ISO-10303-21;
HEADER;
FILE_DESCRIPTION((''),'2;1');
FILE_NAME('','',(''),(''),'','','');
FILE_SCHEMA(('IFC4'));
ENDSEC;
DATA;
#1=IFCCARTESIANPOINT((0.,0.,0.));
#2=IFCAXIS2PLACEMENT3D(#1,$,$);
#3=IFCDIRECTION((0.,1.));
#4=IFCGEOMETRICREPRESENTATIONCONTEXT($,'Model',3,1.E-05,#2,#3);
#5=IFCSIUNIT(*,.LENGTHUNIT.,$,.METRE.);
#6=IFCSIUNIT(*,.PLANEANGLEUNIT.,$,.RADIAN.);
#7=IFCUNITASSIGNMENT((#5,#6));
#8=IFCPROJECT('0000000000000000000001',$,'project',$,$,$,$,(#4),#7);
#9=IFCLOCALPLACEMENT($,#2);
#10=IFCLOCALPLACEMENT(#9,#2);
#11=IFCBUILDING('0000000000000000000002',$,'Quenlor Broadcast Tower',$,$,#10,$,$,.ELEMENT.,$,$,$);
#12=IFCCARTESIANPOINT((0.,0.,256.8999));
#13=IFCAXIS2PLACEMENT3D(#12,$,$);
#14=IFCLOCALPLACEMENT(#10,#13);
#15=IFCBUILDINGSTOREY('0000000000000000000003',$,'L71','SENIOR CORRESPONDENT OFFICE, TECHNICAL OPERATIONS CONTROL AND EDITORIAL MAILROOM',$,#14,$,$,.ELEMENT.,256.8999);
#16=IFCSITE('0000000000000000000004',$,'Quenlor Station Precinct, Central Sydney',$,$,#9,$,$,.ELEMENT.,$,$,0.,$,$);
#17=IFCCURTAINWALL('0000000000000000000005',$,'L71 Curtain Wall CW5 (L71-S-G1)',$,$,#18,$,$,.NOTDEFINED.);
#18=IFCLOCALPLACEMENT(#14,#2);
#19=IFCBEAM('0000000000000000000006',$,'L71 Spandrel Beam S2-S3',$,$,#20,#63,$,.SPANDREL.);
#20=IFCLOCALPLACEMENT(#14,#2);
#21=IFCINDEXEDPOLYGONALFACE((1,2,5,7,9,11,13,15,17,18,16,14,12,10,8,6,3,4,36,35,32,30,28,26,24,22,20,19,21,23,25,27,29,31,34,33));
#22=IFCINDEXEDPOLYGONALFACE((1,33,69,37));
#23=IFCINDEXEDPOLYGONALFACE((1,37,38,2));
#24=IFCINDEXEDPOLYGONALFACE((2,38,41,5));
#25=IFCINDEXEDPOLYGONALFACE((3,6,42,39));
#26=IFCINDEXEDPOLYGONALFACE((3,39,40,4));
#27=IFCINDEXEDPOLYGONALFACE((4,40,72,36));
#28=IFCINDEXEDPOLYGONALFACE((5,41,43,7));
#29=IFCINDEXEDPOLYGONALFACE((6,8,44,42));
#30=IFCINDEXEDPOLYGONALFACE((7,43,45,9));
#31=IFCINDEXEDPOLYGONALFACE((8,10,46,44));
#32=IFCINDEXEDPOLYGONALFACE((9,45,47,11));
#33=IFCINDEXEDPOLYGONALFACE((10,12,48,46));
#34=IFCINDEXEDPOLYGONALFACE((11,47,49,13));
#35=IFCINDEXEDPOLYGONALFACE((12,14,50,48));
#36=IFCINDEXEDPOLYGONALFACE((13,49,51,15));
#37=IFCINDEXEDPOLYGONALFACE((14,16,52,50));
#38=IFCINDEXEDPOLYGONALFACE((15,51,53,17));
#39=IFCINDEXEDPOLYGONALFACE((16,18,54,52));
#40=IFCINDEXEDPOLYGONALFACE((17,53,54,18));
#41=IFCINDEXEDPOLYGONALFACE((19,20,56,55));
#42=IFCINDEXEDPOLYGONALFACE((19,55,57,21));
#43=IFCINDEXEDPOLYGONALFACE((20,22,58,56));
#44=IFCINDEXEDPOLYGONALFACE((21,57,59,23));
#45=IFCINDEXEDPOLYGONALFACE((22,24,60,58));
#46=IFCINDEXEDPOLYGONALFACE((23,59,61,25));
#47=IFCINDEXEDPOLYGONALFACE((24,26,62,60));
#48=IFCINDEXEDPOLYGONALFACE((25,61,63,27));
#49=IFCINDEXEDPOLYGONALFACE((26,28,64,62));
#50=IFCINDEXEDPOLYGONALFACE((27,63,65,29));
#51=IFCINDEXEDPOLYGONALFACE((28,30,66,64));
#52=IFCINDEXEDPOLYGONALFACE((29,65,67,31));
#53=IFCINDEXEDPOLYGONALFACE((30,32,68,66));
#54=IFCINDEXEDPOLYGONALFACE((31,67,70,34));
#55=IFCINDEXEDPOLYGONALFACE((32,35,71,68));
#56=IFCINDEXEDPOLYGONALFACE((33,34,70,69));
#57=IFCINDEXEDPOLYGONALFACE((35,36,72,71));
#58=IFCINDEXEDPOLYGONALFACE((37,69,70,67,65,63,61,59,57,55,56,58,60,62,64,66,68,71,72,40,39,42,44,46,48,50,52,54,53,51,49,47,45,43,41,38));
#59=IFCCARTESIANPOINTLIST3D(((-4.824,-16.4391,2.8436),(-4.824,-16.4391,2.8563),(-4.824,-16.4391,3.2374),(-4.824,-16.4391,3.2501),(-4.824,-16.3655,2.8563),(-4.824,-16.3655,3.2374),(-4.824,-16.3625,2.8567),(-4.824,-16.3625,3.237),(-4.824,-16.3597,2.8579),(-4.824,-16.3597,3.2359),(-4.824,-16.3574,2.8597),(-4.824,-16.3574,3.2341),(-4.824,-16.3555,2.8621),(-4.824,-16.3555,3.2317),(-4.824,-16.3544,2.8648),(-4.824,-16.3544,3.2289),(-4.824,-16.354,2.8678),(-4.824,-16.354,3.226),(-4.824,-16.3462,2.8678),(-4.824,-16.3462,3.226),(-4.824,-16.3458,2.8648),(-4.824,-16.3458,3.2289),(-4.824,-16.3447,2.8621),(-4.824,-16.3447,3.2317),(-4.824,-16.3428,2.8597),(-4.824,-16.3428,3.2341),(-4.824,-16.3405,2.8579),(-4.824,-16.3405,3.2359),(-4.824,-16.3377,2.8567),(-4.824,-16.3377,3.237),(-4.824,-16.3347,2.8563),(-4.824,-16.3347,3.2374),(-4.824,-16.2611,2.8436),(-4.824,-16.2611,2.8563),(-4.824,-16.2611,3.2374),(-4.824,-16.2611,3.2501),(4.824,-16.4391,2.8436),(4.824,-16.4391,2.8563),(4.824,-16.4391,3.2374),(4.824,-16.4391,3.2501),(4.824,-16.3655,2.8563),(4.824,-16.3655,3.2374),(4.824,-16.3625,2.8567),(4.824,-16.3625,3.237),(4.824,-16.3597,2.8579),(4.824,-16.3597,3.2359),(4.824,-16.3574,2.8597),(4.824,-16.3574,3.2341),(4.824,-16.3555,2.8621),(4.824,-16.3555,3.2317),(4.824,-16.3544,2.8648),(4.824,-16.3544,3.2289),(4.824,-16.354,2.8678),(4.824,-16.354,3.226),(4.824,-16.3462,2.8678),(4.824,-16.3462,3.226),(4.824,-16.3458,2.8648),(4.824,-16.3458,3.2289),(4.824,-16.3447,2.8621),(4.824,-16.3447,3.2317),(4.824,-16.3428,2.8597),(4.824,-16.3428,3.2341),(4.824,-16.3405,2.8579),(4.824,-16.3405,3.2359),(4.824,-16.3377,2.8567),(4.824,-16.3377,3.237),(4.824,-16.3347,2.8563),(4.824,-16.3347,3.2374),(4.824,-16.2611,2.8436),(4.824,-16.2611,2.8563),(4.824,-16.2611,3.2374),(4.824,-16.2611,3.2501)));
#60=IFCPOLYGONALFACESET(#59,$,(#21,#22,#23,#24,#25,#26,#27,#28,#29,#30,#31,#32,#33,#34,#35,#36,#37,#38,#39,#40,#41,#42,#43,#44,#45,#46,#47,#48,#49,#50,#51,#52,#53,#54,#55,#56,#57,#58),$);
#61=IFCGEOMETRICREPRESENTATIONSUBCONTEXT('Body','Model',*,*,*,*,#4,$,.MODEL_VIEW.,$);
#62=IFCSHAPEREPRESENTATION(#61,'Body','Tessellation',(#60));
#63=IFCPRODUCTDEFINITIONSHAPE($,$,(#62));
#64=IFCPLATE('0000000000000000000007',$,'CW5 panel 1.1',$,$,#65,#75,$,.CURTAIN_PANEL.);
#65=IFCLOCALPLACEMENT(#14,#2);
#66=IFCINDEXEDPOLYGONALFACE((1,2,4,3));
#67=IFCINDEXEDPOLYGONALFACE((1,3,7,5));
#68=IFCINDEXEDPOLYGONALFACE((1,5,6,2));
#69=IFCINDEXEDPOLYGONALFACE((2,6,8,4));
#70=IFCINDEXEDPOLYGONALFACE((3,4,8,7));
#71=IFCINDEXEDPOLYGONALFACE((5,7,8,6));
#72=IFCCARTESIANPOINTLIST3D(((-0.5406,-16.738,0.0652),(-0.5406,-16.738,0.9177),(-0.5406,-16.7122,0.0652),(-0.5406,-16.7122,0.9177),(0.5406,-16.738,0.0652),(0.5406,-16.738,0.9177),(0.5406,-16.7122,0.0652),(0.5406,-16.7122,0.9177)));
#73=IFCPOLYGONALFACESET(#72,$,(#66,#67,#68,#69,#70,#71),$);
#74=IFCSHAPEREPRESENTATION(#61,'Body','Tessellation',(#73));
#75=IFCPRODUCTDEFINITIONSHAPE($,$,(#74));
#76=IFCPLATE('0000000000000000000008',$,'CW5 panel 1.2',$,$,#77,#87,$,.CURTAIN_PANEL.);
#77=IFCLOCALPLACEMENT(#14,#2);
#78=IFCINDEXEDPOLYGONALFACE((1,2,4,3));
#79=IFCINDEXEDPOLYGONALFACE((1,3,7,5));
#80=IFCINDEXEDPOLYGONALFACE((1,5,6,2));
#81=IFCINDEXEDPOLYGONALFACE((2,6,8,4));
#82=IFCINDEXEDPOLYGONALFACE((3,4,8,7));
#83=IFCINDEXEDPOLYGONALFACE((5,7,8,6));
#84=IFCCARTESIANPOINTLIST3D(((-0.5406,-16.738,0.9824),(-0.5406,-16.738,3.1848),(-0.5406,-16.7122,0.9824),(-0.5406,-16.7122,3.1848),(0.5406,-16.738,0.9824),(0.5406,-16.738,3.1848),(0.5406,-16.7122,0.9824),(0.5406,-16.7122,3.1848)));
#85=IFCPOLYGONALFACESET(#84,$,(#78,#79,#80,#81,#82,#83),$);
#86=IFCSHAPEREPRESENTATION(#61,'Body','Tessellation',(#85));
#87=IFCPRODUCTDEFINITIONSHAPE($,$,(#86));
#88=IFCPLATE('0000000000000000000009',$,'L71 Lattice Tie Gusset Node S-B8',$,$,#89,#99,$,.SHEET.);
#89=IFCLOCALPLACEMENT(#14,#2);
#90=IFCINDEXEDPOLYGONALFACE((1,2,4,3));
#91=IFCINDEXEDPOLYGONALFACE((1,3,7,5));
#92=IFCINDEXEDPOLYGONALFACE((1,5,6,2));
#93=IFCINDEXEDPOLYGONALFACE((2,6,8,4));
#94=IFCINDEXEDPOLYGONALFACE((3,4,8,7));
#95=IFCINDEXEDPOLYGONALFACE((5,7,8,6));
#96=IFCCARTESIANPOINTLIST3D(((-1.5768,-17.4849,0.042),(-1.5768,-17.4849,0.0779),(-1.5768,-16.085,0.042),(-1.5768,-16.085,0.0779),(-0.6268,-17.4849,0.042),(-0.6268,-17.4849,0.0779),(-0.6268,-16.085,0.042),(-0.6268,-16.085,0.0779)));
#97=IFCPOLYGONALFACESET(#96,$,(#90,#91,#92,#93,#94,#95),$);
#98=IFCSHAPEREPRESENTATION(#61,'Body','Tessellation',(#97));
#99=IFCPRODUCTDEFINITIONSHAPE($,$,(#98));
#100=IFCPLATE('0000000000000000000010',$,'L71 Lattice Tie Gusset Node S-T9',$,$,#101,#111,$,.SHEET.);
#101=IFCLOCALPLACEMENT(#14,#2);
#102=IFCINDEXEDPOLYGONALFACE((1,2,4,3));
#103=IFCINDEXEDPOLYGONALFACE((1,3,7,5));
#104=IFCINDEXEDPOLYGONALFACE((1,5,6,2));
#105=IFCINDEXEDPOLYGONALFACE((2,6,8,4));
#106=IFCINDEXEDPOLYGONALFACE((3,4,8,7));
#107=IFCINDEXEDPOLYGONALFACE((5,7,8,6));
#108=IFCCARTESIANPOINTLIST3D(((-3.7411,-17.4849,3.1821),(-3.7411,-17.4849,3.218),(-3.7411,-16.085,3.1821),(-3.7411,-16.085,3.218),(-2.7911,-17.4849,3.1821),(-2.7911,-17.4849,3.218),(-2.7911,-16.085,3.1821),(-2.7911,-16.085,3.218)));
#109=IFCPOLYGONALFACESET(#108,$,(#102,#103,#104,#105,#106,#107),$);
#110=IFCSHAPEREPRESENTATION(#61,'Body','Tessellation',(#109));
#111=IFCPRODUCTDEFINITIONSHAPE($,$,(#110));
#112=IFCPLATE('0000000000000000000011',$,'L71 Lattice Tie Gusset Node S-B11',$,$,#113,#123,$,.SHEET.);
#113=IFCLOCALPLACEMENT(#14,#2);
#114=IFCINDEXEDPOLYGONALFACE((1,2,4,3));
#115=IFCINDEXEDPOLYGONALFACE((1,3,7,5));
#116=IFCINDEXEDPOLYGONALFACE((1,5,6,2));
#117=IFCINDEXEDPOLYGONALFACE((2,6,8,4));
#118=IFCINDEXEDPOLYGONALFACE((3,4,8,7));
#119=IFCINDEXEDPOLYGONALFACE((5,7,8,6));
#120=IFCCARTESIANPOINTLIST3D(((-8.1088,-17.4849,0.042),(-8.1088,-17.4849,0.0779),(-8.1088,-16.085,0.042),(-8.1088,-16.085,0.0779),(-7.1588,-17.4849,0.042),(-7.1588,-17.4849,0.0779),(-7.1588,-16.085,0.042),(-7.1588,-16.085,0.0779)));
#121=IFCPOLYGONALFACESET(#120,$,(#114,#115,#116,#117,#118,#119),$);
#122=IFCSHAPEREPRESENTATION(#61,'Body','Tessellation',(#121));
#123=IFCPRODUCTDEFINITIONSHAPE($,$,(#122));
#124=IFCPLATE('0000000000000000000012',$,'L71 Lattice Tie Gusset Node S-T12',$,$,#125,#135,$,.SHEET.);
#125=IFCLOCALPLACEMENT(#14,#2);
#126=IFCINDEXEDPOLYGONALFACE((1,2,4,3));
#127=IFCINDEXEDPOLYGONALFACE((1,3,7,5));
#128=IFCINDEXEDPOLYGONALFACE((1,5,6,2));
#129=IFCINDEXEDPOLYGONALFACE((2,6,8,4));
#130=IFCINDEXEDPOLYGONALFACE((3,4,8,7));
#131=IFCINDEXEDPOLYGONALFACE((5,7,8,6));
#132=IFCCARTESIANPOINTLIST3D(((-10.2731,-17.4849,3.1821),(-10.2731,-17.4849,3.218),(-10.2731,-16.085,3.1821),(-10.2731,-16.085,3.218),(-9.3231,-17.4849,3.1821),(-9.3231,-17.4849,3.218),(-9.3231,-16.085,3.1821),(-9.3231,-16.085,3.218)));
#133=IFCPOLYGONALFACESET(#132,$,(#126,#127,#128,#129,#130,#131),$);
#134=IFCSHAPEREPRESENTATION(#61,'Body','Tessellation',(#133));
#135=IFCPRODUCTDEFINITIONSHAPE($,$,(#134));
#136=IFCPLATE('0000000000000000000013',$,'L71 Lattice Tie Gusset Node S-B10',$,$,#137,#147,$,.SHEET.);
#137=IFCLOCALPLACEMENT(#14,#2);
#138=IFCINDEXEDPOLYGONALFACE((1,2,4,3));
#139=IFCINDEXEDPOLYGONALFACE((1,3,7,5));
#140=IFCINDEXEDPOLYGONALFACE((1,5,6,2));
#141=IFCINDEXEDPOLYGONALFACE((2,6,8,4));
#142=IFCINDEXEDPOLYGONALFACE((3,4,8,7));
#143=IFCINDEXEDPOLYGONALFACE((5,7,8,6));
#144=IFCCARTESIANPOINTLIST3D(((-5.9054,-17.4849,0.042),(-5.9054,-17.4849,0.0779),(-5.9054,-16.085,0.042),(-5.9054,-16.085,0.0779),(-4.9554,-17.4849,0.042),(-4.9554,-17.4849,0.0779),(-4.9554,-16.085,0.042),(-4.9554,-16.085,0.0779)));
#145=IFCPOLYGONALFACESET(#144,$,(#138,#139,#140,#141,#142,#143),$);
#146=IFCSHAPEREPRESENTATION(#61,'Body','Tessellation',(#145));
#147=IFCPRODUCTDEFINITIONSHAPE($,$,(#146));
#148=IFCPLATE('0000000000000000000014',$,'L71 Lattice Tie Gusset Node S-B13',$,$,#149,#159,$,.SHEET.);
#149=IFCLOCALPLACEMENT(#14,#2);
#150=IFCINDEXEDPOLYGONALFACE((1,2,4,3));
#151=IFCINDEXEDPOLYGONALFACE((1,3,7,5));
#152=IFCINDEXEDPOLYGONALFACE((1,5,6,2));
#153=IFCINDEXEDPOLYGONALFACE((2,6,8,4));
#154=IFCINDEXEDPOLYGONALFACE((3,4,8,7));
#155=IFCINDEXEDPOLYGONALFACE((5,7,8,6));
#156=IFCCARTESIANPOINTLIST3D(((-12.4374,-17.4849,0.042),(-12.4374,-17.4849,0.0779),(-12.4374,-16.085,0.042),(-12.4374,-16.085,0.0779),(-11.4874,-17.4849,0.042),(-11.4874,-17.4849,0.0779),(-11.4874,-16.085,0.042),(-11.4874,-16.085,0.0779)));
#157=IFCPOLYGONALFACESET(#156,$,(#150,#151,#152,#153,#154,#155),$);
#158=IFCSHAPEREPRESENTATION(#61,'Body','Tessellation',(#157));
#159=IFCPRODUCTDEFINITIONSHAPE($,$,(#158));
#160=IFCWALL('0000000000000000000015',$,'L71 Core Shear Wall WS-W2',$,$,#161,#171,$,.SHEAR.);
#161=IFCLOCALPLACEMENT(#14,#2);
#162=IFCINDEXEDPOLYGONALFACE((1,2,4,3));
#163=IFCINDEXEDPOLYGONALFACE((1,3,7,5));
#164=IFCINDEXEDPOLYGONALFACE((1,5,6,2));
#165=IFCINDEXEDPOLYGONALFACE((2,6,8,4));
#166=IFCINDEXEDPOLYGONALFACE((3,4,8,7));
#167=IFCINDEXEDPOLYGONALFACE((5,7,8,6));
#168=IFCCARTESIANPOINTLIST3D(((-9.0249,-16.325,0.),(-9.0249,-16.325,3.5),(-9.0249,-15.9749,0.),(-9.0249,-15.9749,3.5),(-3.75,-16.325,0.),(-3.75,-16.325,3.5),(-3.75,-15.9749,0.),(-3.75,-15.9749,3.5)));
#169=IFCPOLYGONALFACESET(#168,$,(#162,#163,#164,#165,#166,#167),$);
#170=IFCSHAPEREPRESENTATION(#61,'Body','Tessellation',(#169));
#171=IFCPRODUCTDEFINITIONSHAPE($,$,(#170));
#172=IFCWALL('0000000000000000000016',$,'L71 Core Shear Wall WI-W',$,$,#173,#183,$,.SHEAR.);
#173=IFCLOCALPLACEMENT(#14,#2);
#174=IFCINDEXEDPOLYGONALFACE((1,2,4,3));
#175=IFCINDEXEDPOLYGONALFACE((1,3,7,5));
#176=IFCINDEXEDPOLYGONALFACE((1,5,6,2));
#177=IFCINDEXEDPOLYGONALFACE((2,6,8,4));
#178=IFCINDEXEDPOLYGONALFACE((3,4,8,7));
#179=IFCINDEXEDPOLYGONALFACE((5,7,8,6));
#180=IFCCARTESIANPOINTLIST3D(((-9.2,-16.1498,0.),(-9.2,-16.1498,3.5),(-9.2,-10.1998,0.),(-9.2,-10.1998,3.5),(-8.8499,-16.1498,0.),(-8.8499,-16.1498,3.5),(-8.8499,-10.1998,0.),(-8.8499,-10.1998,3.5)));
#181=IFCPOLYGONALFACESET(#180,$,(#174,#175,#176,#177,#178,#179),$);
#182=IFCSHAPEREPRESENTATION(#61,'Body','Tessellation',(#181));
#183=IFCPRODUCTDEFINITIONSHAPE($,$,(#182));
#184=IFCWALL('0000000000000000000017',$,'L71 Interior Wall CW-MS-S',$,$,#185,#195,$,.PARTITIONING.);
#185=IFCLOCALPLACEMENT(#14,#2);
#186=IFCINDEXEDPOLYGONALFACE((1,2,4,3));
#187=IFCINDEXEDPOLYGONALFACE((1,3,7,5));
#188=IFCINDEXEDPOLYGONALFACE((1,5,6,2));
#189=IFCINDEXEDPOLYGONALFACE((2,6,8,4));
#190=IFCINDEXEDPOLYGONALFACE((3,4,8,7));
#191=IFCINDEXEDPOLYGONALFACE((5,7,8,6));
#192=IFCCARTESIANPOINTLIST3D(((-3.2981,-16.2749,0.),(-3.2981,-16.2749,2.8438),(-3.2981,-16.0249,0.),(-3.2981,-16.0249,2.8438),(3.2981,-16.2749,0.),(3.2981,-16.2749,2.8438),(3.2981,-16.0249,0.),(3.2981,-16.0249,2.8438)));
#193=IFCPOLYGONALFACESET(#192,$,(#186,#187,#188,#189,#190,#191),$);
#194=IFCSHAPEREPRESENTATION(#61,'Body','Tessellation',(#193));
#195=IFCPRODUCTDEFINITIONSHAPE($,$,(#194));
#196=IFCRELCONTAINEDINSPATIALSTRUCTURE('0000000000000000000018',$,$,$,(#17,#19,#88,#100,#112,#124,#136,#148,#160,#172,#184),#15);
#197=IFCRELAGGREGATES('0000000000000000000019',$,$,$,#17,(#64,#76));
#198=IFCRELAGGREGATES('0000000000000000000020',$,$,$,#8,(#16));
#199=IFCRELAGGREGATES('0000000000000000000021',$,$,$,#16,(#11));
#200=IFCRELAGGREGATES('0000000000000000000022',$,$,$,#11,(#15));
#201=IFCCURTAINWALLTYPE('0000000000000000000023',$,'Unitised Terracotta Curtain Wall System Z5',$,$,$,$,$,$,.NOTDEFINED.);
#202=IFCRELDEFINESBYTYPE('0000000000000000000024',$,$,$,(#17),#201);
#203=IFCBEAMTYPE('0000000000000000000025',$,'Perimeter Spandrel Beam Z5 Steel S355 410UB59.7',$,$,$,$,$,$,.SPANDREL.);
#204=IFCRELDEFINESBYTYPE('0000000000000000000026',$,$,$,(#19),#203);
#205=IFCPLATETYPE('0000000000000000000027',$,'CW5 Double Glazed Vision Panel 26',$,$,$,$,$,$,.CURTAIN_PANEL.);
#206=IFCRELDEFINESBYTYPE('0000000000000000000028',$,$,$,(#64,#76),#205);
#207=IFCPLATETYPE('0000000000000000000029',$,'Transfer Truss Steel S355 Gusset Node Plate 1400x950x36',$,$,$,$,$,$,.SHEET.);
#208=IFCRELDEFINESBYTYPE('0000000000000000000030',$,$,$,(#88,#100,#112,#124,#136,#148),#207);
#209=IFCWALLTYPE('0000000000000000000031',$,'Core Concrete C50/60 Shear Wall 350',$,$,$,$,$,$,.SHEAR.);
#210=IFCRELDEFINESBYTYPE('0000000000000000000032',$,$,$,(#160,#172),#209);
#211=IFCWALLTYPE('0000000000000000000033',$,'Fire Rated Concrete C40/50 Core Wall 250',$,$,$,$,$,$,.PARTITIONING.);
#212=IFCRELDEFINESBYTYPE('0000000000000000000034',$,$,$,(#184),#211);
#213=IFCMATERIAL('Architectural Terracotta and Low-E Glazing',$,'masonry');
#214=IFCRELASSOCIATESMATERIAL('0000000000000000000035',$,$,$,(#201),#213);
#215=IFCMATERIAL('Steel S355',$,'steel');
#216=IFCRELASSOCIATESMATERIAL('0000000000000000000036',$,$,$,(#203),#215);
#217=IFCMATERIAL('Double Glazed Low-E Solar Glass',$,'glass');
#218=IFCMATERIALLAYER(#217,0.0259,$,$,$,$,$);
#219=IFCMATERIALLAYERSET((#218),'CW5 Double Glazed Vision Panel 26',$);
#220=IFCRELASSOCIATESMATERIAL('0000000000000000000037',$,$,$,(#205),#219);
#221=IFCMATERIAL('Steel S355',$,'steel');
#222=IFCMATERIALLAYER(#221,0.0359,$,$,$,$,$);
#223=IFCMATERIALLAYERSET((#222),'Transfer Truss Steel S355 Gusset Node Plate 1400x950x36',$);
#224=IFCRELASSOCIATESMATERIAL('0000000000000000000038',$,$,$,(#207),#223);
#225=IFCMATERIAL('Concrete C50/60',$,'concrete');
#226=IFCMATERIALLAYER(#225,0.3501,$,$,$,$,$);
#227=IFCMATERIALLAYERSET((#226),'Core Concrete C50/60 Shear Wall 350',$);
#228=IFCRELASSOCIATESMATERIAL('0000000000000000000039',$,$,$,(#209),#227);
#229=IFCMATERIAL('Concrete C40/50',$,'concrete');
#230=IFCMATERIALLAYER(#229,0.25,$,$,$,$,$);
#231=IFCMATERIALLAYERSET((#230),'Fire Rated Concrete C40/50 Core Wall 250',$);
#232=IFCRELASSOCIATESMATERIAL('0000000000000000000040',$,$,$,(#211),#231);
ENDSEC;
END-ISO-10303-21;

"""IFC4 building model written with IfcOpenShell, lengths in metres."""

from ifc_helpers import new_model, si_unit, direction, frame, frame_2d, origin, origin_2d, place, context, subcontext, project, spatial, rectangle, i_section, extrude, material, layer, layer_set, material_profile, profile_set, type_object, element, aggregate, save


model = new_model("IFC4")

# Units and contexts
model_context = context("Model", 3, precision=1e-05, world=origin(), true_north=direction((0.0, 1.0)))
body_context = subcontext(model_context, "Body", "Model", "MODEL_VIEW")
ifc_project = project(units=[si_unit("LENGTHUNIT", "METRE"), si_unit("PLANEANGLEUNIT", "RADIAN")], contexts=[model_context])

# Site, building, storey
site_placement = place(None, origin())
site = spatial("IfcSite", under=ifc_project, at=site_placement, Name="Quenlor Station Precinct, Central Sydney", CompositionType="ELEMENT", RefElevation=0.0)
building_placement = place(site_placement, origin())
building = spatial("IfcBuilding", under=site, at=building_placement, Name="Quenlor Broadcast Tower", CompositionType="ELEMENT")
storey_placement = place(building_placement, frame((0.0, 0.0, 256.8999)))
storey = spatial("IfcBuildingStorey", under=building, at=storey_placement, Name="L71", Description="SENIOR CORRESPONDENT OFFICE, TECHNICAL OPERATIONS CONTROL AND EDITORIAL MAILROOM", CompositionType="ELEMENT", Elevation=256.8999)

# Curtain wall
ifc_material_1 = material(Name="Architectural Terracotta and Low-E Glazing", Category="masonry")
curtain_wall_type = type_object("IfcCurtainWallType", Name="Unitised Terracotta Curtain Wall System Z5", PredefinedType="NOTDEFINED", material=ifc_material_1)
curtain_wall_placement = place(storey_placement, origin())
curtain_wall = element("IfcCurtainWall", 1, at=curtain_wall_placement, inside=storey, type_object=curtain_wall_type, Name="L71 Curtain Wall CW5 (L71-S-G1)", PredefinedType="NOTDEFINED")

# Beam
ifc_material_2 = material(Name="Steel S355", Category="steel")
ifc_material_profile_1 = material_profile(ifc_material_2, i_section(OverallWidth=0.178, OverallDepth=0.4065, WebThickness=0.0078, FlangeThickness=0.0127, FilletRadius=0.0115, at=origin_2d()))
ifc_profile_set_1 = profile_set([ifc_material_profile_1], Name="Steel S355 410UB59.7")
beam_type_1 = type_object("IfcBeamType", Name="Perimeter Spandrel Beam Z5 Steel S355 410UB59.7", PredefinedType="SPANDREL", material=ifc_profile_set_1)
beam_1_placement = place(storey_placement, frame((-4.824, -16.3501, 3.0469), z_axis=(1.0, 0.0, 0.0), x_axis=(0.0, 1.0, 0.0)))
element("IfcBeam", 2, at=beam_1_placement, inside=storey, type_object=beam_type_1, Name="L71 Spandrel Beam S2-S3", PredefinedType="SPANDREL", context=body_context, shape_type="SweptSolid", body=[
    extrude(i_section(OverallWidth=0.178, OverallDepth=0.4065, WebThickness=0.0078, FlangeThickness=0.0127, FilletRadius=0.0115, at=origin_2d()), origin(), (0.0, 0.0, 1.0), 9.6479),
])

# Plates
ifc_material_3 = material(Name="Double Glazed Low-E Solar Glass", Category="glass")
ifc_layer_1 = layer(ifc_material_3, 0.0259)
ifc_layer_set_1 = layer_set([ifc_layer_1], Name="CW5 Double Glazed Vision Panel 26")
plate_type_1 = type_object("IfcPlateType", Name="CW5 Double Glazed Vision Panel 26", PredefinedType="CURTAIN_PANEL", material=ifc_layer_set_1)
plate_1_placement = place(storey_placement, frame((0.0, -16.7251, 0.0652), z_axis=(0.0, 0.0, 1.0), x_axis=(-1.0, 0.0, 0.0)))
plate_1 = element("IfcPlate", 3, at=plate_1_placement, type_object=plate_type_1, Name="CW5 panel 1.1", PredefinedType="CURTAIN_PANEL", context=body_context, shape_type="SweptSolid", body=[
    extrude(rectangle(XDim=1.0813, YDim=0.0259, at=origin_2d()), origin(), (0.0, 0.0, 1.0), 0.8525),
])
plate_2_placement = place(storey_placement, frame((0.0, -16.7251, 0.9824), z_axis=(0.0, 0.0, 1.0), x_axis=(-1.0, 0.0, 0.0)))
plate_2 = element("IfcPlate", 4, at=plate_2_placement, type_object=plate_type_1, Name="CW5 panel 1.2", PredefinedType="CURTAIN_PANEL", context=body_context, shape_type="SweptSolid", body=[
    extrude(rectangle(XDim=1.0813, YDim=0.0259, at=origin_2d()), origin(), (0.0, 0.0, 1.0), 2.2024),
])
aggregate(curtain_wall, [plate_1, plate_2])

# Plates
ifc_material_4 = material(Name="Steel S355", Category="steel")
ifc_layer_2 = layer(ifc_material_4, 0.0359)
ifc_layer_set_2 = layer_set([ifc_layer_2], Name="Transfer Truss Steel S355 Gusset Node Plate 1400x950x36")
plate_type_2 = type_object("IfcPlateType", Name="Transfer Truss Steel S355 Gusset Node Plate 1400x950x36", PredefinedType="SHEET", material=ifc_layer_set_2)
for number, where, z_axis, x_axis, name in (
    (5, (-1.1018, -16.7849, 0.042), (0.0, 0.0, 1.0), (0.0, -1.0, 0.0), "L71 Lattice Tie Gusset Node S-B8"),
    (6, (-3.2661, -16.7849, 3.1821), (0.0, 0.0, 1.0), (0.0, -1.0, 0.0), "L71 Lattice Tie Gusset Node S-T9"),
    (7, (-7.6338, -16.7849, 0.042), (0.0, 0.0, 1.0), (0.0, -1.0, 0.0), "L71 Lattice Tie Gusset Node S-B11"),
    (8, (-9.7981, -16.7849, 3.1821), (0.0, 0.0, 1.0), (0.0, -1.0, 0.0), "L71 Lattice Tie Gusset Node S-T12"),
    (9, (-5.4304, -16.7849, 0.042), (0.0, 0.0, 1.0), (0.0, -1.0, 0.0), "L71 Lattice Tie Gusset Node S-B10"),
    (10, (-11.9624, -16.7849, 0.042), (0.0, 0.0, 1.0), (0.0, -1.0, 0.0), "L71 Lattice Tie Gusset Node S-B13"),
):
    element("IfcPlate", number, at=place(storey_placement, frame(where, z_axis=z_axis, x_axis=x_axis)), inside=storey, type_object=plate_type_2, Name=name, PredefinedType="SHEET", context=body_context, shape_type="SweptSolid", body=[
        extrude(rectangle(XDim=1.3999, YDim=0.95, at=origin_2d()), origin(), (0.0, 0.0, 1.0), 0.0359),
    ])

# Walls
ifc_material_5 = material(Name="Concrete C50/60", Category="concrete")
ifc_layer_3 = layer(ifc_material_5, 0.3501)
ifc_layer_set_3 = layer_set([ifc_layer_3], Name="Core Concrete C50/60 Shear Wall 350")
wall_type_1 = type_object("IfcWallType", Name="Core Concrete C50/60 Shear Wall 350", PredefinedType="SHEAR", material=ifc_layer_set_3)
wall_1_placement = place(storey_placement, frame((-9.0249, -16.1499, 0.0), z_axis=(0.0, 0.0, 1.0), x_axis=(1.0, 0.0, 0.0)))
element("IfcWall", 11, at=wall_1_placement, inside=storey, type_object=wall_type_1, Name="L71 Core Shear Wall WS-W2", PredefinedType="SHEAR", context=body_context, shape_type="SweptSolid", body=[
    extrude(rectangle(XDim=5.2749, YDim=0.3501, at=frame_2d((2.6375, 0.0))), origin(), (0.0, 0.0, 1.0), 3.5),
])
wall_2_placement = place(storey_placement, frame((-9.0249, -16.1499, 0.0), z_axis=(0.0, 0.0, 1.0), x_axis=(0.0, 1.0, 0.0)))
element("IfcWall", 12, at=wall_2_placement, inside=storey, type_object=wall_type_1, Name="L71 Core Shear Wall WI-W", PredefinedType="SHEAR", context=body_context, shape_type="SweptSolid", body=[
    extrude(rectangle(XDim=5.95, YDim=0.3501, at=frame_2d((2.9751, 0.0))), origin(), (0.0, 0.0, 1.0), 3.5),
])
ifc_material_6 = material(Name="Concrete C40/50", Category="concrete")
ifc_layer_4 = layer(ifc_material_6, 0.25)
ifc_layer_set_4 = layer_set([ifc_layer_4], Name="Fire Rated Concrete C40/50 Core Wall 250")
wall_type_2 = type_object("IfcWallType", Name="Fire Rated Concrete C40/50 Core Wall 250", PredefinedType="PARTITIONING", material=ifc_layer_set_4)
wall_3_placement = place(storey_placement, frame((-3.2981, -16.1499, 0.0), z_axis=(0.0, 0.0, 1.0), x_axis=(1.0, 0.0, 0.0)))
element("IfcWall", 13, at=wall_3_placement, inside=storey, type_object=wall_type_2, Name="L71 Interior Wall CW-MS-S", PredefinedType="PARTITIONING", context=body_context, shape_type="SweptSolid", body=[
    extrude(rectangle(XDim=6.5962, YDim=0.25, at=frame_2d((3.2981, 0.0))), origin(), (0.0, 0.0, 1.0), 2.8438),
])

save(model, "model.ifc")
